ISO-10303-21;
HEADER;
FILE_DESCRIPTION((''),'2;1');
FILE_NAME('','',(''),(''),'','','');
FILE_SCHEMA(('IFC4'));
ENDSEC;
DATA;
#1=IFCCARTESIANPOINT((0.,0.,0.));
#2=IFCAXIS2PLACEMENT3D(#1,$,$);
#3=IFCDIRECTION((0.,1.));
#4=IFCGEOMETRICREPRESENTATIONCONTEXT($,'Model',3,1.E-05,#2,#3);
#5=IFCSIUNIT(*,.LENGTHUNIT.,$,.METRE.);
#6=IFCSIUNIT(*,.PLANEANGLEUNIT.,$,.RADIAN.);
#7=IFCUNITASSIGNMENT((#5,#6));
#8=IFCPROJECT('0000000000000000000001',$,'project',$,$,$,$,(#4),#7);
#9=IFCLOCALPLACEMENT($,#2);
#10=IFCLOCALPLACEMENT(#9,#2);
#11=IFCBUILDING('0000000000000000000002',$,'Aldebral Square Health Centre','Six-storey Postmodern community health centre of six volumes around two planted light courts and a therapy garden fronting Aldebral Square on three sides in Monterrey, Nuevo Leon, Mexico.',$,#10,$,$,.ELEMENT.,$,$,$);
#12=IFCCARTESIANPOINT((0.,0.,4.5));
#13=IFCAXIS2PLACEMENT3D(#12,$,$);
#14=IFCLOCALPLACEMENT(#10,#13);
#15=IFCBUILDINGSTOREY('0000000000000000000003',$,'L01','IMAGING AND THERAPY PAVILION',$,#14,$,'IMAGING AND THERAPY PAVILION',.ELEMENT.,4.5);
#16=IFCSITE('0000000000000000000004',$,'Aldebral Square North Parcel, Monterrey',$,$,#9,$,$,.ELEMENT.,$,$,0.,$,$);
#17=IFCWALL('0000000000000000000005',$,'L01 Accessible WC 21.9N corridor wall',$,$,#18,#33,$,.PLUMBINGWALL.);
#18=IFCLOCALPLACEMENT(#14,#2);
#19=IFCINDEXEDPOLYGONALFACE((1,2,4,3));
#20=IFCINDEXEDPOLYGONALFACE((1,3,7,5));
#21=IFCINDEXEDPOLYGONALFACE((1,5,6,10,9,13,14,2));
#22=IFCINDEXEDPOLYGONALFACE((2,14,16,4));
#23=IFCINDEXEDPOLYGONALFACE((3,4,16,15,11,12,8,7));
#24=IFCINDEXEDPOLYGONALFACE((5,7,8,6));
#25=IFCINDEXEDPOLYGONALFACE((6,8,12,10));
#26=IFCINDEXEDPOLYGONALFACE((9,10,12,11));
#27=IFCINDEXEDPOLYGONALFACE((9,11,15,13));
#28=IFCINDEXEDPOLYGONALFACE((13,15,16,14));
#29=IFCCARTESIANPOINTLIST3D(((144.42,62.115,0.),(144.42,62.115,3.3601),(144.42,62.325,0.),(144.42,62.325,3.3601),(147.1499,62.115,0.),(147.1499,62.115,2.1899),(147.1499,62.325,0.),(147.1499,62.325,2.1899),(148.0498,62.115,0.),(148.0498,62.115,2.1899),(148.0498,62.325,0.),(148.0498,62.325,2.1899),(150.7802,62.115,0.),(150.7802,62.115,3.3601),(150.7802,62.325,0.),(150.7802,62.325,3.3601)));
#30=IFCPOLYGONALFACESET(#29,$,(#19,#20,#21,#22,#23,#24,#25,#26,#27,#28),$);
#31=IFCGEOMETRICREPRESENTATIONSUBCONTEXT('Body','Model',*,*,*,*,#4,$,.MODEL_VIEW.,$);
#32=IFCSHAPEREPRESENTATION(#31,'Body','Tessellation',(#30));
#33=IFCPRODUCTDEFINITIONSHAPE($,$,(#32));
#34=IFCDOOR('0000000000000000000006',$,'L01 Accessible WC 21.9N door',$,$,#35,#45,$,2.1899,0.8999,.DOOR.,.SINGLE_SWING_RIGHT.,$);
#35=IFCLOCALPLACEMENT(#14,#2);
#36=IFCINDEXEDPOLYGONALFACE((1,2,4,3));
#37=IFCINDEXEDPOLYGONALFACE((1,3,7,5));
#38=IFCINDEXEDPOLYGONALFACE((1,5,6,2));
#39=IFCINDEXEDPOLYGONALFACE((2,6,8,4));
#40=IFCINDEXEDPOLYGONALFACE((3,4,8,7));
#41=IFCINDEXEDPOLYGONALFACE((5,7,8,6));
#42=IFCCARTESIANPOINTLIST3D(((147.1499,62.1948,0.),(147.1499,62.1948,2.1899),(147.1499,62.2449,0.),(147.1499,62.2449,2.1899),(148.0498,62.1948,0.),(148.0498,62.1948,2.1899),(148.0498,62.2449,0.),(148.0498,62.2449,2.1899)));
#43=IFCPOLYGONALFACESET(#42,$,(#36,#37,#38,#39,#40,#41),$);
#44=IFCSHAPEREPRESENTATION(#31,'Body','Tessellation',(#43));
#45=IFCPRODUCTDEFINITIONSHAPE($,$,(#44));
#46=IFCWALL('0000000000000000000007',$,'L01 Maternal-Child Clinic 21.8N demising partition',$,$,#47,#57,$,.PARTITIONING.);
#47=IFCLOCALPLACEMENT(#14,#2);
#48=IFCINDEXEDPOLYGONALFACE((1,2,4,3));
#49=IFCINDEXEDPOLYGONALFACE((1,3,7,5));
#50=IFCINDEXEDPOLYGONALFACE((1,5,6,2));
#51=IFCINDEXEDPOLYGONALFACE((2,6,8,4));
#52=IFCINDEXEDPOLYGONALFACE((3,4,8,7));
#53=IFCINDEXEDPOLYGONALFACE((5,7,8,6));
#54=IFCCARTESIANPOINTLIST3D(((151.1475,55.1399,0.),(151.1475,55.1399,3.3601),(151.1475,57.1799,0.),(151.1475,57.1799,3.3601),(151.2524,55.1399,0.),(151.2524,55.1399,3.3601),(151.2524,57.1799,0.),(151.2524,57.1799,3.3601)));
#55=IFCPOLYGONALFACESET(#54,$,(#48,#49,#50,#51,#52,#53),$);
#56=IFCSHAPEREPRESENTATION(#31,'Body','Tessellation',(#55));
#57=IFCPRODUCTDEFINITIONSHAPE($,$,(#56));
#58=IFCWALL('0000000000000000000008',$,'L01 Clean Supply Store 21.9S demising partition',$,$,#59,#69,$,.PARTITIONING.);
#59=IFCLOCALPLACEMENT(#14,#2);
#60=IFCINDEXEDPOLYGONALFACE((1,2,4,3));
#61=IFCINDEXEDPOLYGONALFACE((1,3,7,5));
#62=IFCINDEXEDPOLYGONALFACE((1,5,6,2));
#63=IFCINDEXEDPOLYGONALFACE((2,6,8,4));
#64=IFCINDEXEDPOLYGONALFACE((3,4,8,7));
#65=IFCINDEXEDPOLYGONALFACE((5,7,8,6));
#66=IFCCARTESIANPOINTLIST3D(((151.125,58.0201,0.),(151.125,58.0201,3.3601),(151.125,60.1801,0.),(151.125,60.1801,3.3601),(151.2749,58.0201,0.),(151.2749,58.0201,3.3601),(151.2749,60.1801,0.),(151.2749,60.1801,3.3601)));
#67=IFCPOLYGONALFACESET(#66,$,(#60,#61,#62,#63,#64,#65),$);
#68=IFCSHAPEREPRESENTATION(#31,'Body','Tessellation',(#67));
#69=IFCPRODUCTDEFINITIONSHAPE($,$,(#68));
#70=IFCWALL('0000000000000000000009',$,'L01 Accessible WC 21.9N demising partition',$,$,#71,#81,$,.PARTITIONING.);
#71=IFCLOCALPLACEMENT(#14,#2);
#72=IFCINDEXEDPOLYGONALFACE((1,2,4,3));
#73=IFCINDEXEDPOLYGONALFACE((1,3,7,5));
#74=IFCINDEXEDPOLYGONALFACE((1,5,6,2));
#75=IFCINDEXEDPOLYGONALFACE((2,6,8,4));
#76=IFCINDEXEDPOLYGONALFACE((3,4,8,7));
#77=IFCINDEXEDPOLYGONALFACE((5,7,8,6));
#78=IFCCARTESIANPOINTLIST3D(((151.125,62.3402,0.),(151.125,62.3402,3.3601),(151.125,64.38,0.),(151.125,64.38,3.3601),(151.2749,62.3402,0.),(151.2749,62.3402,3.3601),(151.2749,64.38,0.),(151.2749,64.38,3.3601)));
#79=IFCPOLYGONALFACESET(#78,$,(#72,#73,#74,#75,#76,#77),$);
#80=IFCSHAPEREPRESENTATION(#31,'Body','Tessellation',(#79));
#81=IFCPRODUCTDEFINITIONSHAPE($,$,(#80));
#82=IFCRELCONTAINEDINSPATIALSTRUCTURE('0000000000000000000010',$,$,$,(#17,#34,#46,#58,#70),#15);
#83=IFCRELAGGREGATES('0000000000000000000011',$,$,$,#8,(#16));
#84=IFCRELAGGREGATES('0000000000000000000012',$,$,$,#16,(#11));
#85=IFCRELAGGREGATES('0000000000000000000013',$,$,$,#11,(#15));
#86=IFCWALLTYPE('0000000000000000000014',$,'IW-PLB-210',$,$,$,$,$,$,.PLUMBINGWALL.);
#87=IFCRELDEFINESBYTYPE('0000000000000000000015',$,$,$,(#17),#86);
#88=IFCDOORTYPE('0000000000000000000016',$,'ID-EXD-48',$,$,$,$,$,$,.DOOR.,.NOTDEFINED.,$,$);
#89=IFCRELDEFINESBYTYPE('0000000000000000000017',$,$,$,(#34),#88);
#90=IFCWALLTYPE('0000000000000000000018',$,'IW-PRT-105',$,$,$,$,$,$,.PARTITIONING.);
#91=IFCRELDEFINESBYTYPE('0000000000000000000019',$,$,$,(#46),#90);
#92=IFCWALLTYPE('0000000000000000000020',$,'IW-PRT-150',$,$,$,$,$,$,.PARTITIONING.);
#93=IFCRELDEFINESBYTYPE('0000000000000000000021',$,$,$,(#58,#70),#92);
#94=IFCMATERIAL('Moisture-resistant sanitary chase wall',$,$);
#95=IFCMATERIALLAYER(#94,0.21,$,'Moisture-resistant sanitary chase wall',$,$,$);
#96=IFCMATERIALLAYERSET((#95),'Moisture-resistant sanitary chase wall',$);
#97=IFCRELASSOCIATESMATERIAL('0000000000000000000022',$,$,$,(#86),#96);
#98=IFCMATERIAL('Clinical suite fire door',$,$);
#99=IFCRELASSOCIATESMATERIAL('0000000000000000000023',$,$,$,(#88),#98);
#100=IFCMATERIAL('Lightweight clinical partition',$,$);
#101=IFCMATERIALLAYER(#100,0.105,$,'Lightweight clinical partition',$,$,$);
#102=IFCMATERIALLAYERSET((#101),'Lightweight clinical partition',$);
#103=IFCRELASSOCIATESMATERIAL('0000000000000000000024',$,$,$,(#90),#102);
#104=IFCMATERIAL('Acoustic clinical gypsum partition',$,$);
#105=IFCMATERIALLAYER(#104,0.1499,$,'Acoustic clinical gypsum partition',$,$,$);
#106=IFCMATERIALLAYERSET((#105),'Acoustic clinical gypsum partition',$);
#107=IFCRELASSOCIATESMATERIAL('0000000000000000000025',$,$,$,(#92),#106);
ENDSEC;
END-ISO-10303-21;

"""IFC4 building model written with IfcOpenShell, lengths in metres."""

from ifc_helpers import new_model, si_unit, direction, frame, frame_2d, origin, place, context, subcontext, project, spatial, rectangle, extrude, material, layer, layer_set, type_object, element, fill, save


model = new_model("IFC4")

# Units and contexts
model_context = context("Model", 3, precision=1e-05, world=origin(), true_north=direction((0.0, 1.0)))
body_context = subcontext(model_context, "Body", "Model", "MODEL_VIEW")
ifc_project = project(units=[si_unit("LENGTHUNIT", "METRE"), si_unit("PLANEANGLEUNIT", "RADIAN")], contexts=[model_context])

# Site, building, storey
site_placement = place(None, origin())
site = spatial("IfcSite", under=ifc_project, at=site_placement, Name="Aldebral Square North Parcel, Monterrey", CompositionType="ELEMENT", RefElevation=0.0)
building_placement = place(site_placement, origin())
building = spatial("IfcBuilding", under=site, at=building_placement, Name="Aldebral Square Health Centre", Description="Six-storey Postmodern community health centre of six volumes around two planted light courts and a therapy garden fronting Aldebral Square on three sides in Monterrey, Nuevo Leon, Mexico.", CompositionType="ELEMENT")
storey_placement = place(building_placement, frame((0.0, 0.0, 4.5)))
storey = spatial("IfcBuildingStorey", under=building, at=storey_placement, Name="L01", Description="IMAGING AND THERAPY PAVILION", LongName="IMAGING AND THERAPY PAVILION", CompositionType="ELEMENT", Elevation=4.5)

# Wall, opening, door
ifc_material_1 = material(Name="Clinical suite fire door")
ifc_material_2 = material(Name="Moisture-resistant sanitary chase wall")
ifc_layer_1 = layer(ifc_material_2, 0.21, Name="Moisture-resistant sanitary chase wall")
ifc_layer_set_1 = layer_set([ifc_layer_1], Name="Moisture-resistant sanitary chase wall")
wall_type_1 = type_object("IfcWallType", Name="IW-PLB-210", PredefinedType="PLUMBINGWALL", material=ifc_layer_set_1)
wall_1_placement = place(storey_placement, frame((144.4199, 62.22, 0.0), z_axis=(0.0, 0.0, 1.0), x_axis=(1.0, 0.0, 0.0)))
wall_1 = element("IfcWall", 1, at=wall_1_placement, inside=storey, type_object=wall_type_1, Name="L01 Accessible WC 21.9N corridor wall", PredefinedType="PLUMBINGWALL", context=body_context, shape_type="SweptSolid", body=[
    extrude(rectangle(XDim=6.3601, YDim=0.21, at=frame_2d((3.1802, 0.0))), origin(), (0.0, 0.0, 1.0), 3.3601),
])
opening_1_placement = place(wall_1_placement, frame((2.73, 0.0, 0.0)))
opening_1 = element("IfcOpeningElement", 2, at=opening_1_placement, cuts=wall_1, PredefinedType="OPENING", context=body_context, shape_type="SweptSolid", body=[
    extrude(rectangle(XDim=0.8999, YDim=2.1899, at=frame_2d((0.45, 1.095))), frame((0.0, 0.115, 0.0), z_axis=(0.0, -1.0, 0.0), x_axis=(1.0, 0.0, 0.0)), (0.0, 0.0, 1.0), 0.23),
])
door_type_1 = type_object("IfcDoorType", Name="ID-EXD-48", OperationType="NOTDEFINED", PredefinedType="DOOR", material=ifc_material_1)
door_1_placement = place(opening_1_placement, origin())
door_1 = element("IfcDoor", 3, at=door_1_placement, inside=storey, type_object=door_type_1, Name="L01 Accessible WC 21.9N door", OperationType="SINGLE_SWING_RIGHT", OverallHeight=2.1899, OverallWidth=0.8999, PredefinedType="DOOR", context=body_context, shape_type="SweptSolid", body=[
    extrude(rectangle(XDim=0.8999, YDim=2.1899, at=frame_2d((0.45, 1.095))), frame((0.0, 0.0249, 0.0), z_axis=(0.0, -1.0, 0.0), x_axis=(1.0, 0.0, 0.0)), (0.0, 0.0, 1.0), 0.05),
])
fill(opening_1, door_1)

# Walls
ifc_material_3 = material(Name="Lightweight clinical partition")
ifc_layer_2 = layer(ifc_material_3, 0.105, Name="Lightweight clinical partition")
ifc_layer_set_2 = layer_set([ifc_layer_2], Name="Lightweight clinical partition")
wall_type_2 = type_object("IfcWallType", Name="IW-PRT-105", PredefinedType="PARTITIONING", material=ifc_layer_set_2)
wall_2_placement = place(storey_placement, frame((151.2, 55.1399, 0.0), z_axis=(0.0, 0.0, 1.0), x_axis=(0.0, 1.0, 0.0)))
element("IfcWall", 4, at=wall_2_placement, inside=storey, type_object=wall_type_2, Name="L01 Maternal-Child Clinic 21.8N demising partition", PredefinedType="PARTITIONING", context=body_context, shape_type="SweptSolid", body=[
    extrude(rectangle(XDim=2.04, YDim=0.105, at=frame_2d((1.02, 0.0))), origin(), (0.0, 0.0, 1.0), 3.3601),
])
ifc_material_4 = material(Name="Acoustic clinical gypsum partition")
ifc_layer_3 = layer(ifc_material_4, 0.1499, Name="Acoustic clinical gypsum partition")
ifc_layer_set_3 = layer_set([ifc_layer_3], Name="Acoustic clinical gypsum partition")
wall_type_3 = type_object("IfcWallType", Name="IW-PRT-150", PredefinedType="PARTITIONING", material=ifc_layer_set_3)
wall_3_placement = place(storey_placement, frame((151.2, 58.02, 0.0), z_axis=(0.0, 0.0, 1.0), x_axis=(0.0, 1.0, 0.0)))
element("IfcWall", 5, at=wall_3_placement, inside=storey, type_object=wall_type_3, Name="L01 Clean Supply Store 21.9S demising partition", PredefinedType="PARTITIONING", context=body_context, shape_type="SweptSolid", body=[
    extrude(rectangle(XDim=2.1599, YDim=0.1499, at=frame_2d((1.0801, 0.0))), origin(), (0.0, 0.0, 1.0), 3.3601),
])
wall_4_placement = place(storey_placement, frame((151.2, 62.3401, 0.0), z_axis=(0.0, 0.0, 1.0), x_axis=(0.0, 1.0, 0.0)))
element("IfcWall", 6, at=wall_4_placement, inside=storey, type_object=wall_type_3, Name="L01 Accessible WC 21.9N demising partition", PredefinedType="PARTITIONING", context=body_context, shape_type="SweptSolid", body=[
    extrude(rectangle(XDim=2.0398, YDim=0.1499, at=frame_2d((1.02, 0.0))), origin(), (0.0, 0.0, 1.0), 3.3601),
])

save(model, "model.ifc")
